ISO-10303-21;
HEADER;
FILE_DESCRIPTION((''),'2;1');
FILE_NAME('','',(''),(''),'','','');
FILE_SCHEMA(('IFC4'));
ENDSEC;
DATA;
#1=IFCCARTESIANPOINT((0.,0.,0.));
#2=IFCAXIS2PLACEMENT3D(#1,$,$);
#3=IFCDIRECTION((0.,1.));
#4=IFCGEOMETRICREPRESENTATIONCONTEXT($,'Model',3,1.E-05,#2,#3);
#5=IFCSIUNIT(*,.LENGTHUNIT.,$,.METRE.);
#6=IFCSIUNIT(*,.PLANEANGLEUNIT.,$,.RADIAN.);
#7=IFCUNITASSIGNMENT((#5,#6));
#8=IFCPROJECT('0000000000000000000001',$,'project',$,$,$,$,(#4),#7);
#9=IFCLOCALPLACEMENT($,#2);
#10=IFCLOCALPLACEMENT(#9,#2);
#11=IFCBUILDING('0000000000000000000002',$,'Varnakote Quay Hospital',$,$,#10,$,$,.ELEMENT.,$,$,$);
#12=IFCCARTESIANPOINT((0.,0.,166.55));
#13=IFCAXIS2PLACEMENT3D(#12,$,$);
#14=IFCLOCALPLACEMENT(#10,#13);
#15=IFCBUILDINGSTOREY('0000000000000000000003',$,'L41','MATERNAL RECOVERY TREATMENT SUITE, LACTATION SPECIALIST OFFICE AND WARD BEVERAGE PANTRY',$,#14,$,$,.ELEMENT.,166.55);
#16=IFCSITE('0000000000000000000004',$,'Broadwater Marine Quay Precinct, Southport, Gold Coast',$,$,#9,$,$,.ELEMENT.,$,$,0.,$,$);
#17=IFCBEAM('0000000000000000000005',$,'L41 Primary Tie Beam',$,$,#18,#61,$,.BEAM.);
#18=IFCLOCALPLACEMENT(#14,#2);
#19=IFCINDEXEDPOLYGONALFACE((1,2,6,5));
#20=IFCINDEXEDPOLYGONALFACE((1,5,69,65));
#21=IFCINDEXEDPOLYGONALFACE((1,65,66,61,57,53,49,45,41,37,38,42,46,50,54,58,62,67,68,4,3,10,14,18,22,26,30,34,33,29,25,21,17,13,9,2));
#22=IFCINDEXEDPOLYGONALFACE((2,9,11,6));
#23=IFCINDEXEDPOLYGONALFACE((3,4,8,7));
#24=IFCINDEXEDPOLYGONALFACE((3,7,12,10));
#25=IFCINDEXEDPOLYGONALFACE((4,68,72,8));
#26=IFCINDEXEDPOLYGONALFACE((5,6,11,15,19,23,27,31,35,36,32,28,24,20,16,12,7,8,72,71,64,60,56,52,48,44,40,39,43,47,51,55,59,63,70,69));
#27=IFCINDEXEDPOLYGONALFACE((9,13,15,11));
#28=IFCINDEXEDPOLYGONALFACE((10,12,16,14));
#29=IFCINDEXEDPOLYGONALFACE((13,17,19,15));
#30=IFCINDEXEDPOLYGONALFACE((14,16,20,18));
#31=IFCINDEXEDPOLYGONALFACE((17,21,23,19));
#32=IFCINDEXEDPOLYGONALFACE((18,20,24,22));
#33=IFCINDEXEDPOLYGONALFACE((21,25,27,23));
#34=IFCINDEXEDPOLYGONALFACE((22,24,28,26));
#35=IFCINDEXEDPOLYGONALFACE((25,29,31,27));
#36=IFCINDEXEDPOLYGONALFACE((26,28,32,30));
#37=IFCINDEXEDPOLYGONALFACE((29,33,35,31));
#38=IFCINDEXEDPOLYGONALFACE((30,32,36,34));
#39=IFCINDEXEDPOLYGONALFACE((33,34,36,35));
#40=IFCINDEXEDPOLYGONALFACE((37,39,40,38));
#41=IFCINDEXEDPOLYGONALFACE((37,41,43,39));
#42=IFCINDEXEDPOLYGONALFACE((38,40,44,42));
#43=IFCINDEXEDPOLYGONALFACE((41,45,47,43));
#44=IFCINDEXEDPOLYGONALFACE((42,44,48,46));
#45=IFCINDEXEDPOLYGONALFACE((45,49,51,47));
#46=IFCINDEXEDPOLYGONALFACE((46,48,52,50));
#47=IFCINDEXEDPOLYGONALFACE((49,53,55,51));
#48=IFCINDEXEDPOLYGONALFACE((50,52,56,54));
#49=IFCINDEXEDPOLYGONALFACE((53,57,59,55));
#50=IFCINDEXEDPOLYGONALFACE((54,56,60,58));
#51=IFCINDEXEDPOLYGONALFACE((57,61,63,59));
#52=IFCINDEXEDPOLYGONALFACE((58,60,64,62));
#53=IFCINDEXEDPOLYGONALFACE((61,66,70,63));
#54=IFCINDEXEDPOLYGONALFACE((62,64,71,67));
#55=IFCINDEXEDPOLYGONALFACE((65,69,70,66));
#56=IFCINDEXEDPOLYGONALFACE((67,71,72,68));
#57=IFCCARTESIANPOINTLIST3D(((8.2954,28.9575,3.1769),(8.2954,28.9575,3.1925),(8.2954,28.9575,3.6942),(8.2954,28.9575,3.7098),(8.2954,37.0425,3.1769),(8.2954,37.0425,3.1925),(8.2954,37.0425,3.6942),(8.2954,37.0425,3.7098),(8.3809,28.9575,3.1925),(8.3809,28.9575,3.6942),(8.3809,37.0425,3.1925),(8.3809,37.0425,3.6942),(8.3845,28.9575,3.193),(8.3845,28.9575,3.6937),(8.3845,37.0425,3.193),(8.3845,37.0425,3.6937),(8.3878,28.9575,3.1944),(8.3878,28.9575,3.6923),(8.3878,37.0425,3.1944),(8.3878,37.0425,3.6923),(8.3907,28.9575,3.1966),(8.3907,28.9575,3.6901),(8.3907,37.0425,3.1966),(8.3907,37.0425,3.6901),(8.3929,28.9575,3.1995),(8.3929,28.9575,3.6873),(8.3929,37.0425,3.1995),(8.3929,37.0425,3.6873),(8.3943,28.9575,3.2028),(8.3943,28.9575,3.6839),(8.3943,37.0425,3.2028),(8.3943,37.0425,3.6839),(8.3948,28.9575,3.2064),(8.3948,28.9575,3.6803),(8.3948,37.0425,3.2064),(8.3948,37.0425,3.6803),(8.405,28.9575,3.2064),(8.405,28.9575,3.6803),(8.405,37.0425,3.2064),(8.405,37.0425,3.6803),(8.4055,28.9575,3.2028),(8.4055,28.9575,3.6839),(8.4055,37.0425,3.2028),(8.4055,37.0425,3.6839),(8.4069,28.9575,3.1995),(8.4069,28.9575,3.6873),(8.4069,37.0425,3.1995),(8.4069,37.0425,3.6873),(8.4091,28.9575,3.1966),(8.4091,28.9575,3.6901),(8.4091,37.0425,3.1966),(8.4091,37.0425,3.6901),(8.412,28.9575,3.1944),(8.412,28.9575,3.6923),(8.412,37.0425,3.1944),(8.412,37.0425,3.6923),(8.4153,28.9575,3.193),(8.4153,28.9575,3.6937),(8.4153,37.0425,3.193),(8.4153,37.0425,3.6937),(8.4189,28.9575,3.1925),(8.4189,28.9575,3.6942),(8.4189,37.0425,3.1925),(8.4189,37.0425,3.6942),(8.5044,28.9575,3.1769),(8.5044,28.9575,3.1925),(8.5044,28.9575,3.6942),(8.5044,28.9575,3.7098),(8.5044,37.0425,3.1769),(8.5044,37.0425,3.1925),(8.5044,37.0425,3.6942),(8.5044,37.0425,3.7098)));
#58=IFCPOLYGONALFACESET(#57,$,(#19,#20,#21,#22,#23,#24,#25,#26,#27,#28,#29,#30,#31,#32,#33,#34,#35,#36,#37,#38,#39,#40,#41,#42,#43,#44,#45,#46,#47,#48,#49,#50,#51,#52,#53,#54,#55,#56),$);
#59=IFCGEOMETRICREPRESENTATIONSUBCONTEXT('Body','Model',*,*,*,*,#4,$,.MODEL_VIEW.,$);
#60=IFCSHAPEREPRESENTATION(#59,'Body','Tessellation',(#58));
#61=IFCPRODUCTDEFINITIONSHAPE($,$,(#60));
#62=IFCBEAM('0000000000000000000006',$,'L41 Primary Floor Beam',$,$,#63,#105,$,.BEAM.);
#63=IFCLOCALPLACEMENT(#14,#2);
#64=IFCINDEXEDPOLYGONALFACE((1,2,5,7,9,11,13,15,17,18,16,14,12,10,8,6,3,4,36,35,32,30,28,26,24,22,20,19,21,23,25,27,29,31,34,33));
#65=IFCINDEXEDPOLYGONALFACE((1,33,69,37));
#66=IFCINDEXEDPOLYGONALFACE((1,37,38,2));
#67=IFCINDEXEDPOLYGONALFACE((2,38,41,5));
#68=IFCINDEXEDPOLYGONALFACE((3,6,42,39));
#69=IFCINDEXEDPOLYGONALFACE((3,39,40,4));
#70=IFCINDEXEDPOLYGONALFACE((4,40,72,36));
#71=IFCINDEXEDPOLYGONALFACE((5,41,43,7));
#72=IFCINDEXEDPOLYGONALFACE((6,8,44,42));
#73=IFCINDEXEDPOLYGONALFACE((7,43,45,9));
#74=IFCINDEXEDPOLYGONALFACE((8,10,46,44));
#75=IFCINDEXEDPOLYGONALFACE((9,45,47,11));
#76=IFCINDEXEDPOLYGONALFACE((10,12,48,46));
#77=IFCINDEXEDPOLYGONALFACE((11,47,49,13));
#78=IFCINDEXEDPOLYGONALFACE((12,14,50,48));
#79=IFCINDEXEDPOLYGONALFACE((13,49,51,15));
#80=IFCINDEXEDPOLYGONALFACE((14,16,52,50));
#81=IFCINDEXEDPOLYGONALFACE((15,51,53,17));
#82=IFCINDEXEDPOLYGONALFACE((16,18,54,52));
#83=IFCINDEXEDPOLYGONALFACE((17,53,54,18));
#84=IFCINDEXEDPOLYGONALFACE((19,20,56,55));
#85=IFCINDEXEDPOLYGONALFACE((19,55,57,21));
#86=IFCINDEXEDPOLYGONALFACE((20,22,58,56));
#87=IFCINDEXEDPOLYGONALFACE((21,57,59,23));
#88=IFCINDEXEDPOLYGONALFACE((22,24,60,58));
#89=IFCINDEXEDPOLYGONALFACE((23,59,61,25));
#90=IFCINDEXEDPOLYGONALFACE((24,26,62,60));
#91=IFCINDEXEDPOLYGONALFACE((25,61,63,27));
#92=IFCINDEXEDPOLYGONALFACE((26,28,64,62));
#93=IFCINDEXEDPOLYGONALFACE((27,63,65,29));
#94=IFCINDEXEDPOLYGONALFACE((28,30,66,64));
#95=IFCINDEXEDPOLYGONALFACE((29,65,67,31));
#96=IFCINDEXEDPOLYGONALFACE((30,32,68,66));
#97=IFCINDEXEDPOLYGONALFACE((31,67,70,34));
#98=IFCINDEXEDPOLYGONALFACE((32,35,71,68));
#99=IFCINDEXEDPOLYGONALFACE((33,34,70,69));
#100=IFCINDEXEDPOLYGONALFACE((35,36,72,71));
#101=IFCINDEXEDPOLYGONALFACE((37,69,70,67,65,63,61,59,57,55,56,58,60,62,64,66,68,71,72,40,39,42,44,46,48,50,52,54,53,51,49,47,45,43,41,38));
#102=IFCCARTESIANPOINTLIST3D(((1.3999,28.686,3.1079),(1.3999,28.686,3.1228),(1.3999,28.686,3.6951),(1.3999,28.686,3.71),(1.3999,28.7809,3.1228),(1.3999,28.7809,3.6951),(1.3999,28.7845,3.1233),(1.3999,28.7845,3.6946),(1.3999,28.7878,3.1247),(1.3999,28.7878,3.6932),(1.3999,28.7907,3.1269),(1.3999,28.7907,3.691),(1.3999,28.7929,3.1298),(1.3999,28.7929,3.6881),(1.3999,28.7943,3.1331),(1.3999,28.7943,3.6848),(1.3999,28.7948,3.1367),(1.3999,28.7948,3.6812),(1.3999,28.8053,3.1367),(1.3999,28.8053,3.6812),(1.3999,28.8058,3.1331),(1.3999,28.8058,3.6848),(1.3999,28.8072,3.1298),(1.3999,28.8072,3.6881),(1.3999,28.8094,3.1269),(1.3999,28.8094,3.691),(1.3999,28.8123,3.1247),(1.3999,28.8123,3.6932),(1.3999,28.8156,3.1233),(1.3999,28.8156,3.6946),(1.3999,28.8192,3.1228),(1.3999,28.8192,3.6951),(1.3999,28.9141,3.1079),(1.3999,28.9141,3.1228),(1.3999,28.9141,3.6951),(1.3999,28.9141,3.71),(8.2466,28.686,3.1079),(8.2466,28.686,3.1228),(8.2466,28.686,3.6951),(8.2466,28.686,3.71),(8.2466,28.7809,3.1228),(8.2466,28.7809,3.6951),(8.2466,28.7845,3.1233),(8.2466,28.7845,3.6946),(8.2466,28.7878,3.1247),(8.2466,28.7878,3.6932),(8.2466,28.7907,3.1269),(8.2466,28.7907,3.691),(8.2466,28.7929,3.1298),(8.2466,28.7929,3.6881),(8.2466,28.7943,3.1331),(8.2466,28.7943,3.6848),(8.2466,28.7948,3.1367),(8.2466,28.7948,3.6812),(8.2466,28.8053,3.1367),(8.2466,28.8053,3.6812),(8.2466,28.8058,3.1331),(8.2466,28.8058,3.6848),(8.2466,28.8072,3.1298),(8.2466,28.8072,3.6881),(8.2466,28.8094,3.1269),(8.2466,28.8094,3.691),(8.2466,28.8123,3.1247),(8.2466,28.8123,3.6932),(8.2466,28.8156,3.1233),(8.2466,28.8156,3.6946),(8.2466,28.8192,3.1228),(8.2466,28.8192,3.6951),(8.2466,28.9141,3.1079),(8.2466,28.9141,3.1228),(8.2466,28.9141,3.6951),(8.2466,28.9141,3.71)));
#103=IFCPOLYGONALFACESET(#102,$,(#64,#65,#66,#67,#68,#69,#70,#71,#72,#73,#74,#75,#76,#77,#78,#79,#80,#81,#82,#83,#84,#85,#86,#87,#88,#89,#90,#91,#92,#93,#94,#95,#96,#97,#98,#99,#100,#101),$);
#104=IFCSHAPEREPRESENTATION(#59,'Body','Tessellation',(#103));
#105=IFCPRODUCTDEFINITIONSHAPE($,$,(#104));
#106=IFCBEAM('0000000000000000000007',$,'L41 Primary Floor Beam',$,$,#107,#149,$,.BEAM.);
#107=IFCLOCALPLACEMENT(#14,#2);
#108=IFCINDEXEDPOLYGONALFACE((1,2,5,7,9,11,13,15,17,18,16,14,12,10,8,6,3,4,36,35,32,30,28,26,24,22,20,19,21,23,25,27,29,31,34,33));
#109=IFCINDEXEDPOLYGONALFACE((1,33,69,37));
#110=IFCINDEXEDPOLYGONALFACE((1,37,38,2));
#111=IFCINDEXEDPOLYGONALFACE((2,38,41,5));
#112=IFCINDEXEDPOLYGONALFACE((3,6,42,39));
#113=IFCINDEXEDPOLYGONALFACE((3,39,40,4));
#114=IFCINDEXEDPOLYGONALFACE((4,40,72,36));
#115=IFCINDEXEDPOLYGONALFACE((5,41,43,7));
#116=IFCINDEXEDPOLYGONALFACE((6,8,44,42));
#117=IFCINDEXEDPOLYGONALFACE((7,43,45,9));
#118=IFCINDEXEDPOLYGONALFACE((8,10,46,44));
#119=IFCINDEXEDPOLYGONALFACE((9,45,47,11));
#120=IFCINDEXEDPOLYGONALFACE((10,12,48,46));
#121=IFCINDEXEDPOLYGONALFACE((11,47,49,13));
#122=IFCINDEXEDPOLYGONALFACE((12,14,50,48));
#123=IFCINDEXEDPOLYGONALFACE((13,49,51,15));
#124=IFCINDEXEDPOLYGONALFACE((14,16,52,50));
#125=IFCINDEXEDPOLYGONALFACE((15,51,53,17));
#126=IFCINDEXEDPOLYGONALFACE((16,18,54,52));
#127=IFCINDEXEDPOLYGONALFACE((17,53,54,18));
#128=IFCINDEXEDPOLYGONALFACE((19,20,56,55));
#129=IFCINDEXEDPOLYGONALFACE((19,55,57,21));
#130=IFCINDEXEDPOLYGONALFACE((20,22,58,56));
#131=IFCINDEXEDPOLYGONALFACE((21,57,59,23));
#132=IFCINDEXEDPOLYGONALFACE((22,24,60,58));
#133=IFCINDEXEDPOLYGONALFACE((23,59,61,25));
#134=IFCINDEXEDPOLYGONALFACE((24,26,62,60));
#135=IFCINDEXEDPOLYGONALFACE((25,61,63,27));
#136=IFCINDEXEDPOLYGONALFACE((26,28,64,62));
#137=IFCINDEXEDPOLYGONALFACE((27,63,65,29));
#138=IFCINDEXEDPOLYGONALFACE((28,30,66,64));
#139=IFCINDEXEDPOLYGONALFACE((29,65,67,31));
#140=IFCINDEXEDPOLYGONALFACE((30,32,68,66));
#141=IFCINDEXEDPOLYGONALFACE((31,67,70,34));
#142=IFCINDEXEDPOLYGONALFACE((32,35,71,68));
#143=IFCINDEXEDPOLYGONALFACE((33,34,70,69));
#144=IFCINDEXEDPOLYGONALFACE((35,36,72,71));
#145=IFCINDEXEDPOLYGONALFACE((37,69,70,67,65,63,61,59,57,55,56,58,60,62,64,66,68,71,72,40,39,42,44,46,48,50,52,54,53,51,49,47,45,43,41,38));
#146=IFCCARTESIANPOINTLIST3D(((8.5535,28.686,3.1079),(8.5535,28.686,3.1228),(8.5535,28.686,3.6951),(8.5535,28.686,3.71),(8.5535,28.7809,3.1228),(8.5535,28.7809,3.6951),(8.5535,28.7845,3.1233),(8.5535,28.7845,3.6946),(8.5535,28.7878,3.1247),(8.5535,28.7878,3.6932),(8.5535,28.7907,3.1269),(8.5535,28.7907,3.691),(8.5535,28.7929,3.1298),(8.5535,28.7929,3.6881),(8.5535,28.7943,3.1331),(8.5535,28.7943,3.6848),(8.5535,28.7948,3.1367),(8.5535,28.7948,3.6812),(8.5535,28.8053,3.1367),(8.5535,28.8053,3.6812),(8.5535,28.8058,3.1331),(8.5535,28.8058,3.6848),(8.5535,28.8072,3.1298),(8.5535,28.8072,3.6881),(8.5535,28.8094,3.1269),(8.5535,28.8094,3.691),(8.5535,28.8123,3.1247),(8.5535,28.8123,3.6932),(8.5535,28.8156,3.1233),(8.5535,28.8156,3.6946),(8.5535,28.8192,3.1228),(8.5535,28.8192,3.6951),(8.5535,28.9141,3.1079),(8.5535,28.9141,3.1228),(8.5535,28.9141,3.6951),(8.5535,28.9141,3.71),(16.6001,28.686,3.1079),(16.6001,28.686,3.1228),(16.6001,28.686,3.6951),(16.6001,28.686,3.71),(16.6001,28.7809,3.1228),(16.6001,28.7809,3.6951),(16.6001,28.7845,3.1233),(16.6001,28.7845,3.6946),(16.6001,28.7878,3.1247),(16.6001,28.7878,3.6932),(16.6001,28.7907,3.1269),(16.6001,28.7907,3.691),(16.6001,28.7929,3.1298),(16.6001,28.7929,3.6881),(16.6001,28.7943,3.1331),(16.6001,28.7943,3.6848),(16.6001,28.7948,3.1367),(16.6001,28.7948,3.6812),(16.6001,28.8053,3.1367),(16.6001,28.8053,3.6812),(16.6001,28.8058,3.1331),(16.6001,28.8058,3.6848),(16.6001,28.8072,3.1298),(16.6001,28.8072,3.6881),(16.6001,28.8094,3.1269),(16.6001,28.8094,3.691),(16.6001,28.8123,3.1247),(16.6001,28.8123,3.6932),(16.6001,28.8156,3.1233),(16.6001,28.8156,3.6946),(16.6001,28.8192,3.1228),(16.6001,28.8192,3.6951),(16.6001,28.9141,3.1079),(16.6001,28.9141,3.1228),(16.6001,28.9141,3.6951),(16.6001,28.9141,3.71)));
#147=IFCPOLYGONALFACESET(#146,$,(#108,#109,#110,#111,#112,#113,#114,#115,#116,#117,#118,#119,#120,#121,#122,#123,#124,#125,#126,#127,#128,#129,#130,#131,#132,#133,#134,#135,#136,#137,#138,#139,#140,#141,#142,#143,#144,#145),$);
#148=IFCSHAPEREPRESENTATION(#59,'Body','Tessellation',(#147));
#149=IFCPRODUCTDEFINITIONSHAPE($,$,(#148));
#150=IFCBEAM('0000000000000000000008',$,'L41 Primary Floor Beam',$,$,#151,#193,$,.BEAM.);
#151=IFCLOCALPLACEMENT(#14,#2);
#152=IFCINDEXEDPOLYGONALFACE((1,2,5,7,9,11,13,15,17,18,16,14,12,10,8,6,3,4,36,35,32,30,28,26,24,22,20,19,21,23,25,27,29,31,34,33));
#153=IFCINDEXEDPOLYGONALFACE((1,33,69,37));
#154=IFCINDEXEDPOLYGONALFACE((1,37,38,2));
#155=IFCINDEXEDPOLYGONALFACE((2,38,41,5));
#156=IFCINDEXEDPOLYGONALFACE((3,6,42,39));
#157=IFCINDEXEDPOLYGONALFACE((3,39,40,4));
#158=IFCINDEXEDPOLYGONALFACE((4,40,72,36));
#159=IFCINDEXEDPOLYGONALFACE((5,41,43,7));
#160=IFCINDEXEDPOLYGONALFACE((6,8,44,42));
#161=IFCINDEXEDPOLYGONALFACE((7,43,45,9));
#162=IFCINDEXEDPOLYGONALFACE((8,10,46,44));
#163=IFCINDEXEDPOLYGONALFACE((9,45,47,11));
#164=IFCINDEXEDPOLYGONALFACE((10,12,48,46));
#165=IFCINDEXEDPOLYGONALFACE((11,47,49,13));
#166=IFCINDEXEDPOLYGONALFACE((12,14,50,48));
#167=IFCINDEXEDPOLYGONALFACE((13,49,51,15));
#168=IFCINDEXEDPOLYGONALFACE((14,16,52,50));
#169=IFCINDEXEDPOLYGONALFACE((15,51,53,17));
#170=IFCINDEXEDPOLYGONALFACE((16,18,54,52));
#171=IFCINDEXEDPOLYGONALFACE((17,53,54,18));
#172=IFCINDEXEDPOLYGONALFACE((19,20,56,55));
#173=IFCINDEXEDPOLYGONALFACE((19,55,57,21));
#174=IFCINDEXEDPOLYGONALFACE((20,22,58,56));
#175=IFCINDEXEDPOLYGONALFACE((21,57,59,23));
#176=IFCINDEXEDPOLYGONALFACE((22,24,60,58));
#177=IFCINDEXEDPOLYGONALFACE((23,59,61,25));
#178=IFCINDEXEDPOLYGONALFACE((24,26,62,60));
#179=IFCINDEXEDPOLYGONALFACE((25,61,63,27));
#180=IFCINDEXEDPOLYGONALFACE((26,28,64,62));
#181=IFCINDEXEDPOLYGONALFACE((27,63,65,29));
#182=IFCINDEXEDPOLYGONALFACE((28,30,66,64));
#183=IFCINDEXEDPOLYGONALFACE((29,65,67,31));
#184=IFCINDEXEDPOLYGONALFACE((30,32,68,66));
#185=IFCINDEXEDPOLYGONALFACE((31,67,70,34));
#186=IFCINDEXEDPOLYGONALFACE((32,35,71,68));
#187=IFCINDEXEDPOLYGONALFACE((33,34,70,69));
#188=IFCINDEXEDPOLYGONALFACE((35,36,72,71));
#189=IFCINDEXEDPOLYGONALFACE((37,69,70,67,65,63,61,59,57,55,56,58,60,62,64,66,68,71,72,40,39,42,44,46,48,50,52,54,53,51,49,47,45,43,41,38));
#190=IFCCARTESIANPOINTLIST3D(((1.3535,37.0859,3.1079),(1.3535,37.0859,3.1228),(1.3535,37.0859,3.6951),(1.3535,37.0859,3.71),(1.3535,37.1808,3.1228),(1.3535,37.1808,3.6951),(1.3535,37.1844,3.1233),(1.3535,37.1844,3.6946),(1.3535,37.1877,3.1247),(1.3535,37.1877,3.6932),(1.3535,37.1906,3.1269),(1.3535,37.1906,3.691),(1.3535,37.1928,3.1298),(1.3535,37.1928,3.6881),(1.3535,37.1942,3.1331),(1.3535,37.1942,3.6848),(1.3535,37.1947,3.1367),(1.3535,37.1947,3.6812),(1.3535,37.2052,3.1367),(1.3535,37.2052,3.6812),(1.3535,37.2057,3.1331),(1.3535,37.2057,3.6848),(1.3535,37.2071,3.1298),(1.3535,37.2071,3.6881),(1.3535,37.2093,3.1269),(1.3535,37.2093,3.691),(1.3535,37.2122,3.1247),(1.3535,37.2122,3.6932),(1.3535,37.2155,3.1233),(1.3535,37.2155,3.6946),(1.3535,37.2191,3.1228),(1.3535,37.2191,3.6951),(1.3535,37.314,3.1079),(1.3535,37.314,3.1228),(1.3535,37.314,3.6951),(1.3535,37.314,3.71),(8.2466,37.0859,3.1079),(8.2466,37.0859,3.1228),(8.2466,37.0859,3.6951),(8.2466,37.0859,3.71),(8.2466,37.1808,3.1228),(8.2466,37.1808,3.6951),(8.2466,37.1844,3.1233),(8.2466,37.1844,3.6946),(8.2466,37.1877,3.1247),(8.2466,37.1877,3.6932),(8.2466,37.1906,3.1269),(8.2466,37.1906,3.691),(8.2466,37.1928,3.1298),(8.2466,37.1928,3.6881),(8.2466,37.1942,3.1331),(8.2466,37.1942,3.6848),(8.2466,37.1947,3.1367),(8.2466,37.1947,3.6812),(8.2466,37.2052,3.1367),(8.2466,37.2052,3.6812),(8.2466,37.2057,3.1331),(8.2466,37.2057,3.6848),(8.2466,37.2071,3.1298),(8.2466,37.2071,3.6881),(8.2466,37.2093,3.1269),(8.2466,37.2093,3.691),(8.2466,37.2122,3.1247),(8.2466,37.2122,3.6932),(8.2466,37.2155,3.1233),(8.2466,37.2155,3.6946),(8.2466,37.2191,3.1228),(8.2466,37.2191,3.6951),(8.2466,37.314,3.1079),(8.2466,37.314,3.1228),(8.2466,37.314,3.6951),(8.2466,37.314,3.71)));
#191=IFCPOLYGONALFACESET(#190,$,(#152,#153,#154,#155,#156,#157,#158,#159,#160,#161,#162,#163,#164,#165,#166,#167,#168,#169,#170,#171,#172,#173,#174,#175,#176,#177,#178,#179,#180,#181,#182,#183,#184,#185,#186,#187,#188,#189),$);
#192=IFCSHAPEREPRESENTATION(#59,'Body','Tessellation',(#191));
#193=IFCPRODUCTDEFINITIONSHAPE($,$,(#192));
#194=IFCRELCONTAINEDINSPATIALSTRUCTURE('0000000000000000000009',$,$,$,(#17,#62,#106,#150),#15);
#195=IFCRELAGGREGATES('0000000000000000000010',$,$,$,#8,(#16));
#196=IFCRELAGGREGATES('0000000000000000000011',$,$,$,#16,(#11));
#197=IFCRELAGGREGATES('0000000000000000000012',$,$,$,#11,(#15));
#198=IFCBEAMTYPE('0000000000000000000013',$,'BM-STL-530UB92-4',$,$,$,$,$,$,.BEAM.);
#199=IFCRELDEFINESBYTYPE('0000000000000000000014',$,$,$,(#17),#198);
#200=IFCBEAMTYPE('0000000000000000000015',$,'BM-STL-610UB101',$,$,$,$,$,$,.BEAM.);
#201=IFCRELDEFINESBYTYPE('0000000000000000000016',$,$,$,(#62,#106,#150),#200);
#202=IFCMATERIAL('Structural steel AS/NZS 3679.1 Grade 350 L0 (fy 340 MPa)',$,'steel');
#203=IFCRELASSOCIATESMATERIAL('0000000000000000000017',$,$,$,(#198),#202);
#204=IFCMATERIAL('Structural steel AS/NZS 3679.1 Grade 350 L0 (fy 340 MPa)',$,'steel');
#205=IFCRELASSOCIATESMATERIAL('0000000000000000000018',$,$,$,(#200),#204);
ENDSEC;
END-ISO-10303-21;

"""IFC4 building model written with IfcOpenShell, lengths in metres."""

from ifc_helpers import new_model, si_unit, direction, frame, origin, origin_2d, place, context, subcontext, project, spatial, i_section, extrude, material, material_profile, profile_set, type_object, element, save


model = new_model("IFC4")

# Units and contexts
model_context = context("Model", 3, precision=1e-05, world=origin(), true_north=direction((0.0, 1.0)))
body_context = subcontext(model_context, "Body", "Model", "MODEL_VIEW")
ifc_project = project(units=[si_unit("LENGTHUNIT", "METRE"), si_unit("PLANEANGLEUNIT", "RADIAN")], contexts=[model_context])

# Site, building, storey
site_placement = place(None, origin())
site = spatial("IfcSite", under=ifc_project, at=site_placement, Name="Broadwater Marine Quay Precinct, Southport, Gold Coast", CompositionType="ELEMENT", RefElevation=0.0)
building_placement = place(site_placement, origin())
building = spatial("IfcBuilding", under=site, at=building_placement, Name="Varnakote Quay Hospital", CompositionType="ELEMENT")
storey_placement = place(building_placement, frame((0.0, 0.0, 166.55)))
storey = spatial("IfcBuildingStorey", under=building, at=storey_placement, Name="L41", Description="MATERNAL RECOVERY TREATMENT SUITE, LACTATION SPECIALIST OFFICE AND WARD BEVERAGE PANTRY", CompositionType="ELEMENT", Elevation=166.55)

# Beams
ifc_material_1 = material(Name="Structural steel AS/NZS 3679.1 Grade 350 L0 (fy 340 MPa)", Category="steel")
ifc_material_profile_1 = material_profile(ifc_material_1, i_section(OverallWidth=0.209, OverallDepth=0.533, WebThickness=0.0103, FlangeThickness=0.0156, FilletRadius=0.0139, at=origin_2d()), Name="530UB92.4")
ifc_profile_set_1 = profile_set([ifc_material_profile_1], Name="Structural steel AS/NZS 3679.1 Grade 350 L0 (fy 340 MPa)")
beam_type_1 = type_object("IfcBeamType", Name="BM-STL-530UB92-4", PredefinedType="BEAM", material=ifc_profile_set_1)
beam_1_placement = place(storey_placement, frame((8.3999, 28.9575, 3.4434), z_axis=(0.0, 1.0, 0.0), x_axis=(-1.0, 0.0, 0.0)))
element("IfcBeam", 1, at=beam_1_placement, inside=storey, type_object=beam_type_1, Name="L41 Primary Tie Beam", PredefinedType="BEAM", context=body_context, shape_type="SweptSolid", body=[
    extrude(i_section(OverallWidth=0.209, OverallDepth=0.533, WebThickness=0.0103, FlangeThickness=0.0156, FilletRadius=0.0139, at=origin_2d()), origin(), (0.0, 0.0, 1.0), 8.085),
])
ifc_material_2 = material(Name="Structural steel AS/NZS 3679.1 Grade 350 L0 (fy 340 MPa)", Category="steel")
ifc_material_profile_2 = material_profile(ifc_material_2, i_section(OverallWidth=0.228, OverallDepth=0.6021, WebThickness=0.0105, FlangeThickness=0.0149, FilletRadius=0.0139, at=origin_2d()), Name="610UB101")
ifc_profile_set_2 = profile_set([ifc_material_profile_2], Name="Structural steel AS/NZS 3679.1 Grade 350 L0 (fy 340 MPa)")
beam_type_2 = type_object("IfcBeamType", Name="BM-STL-610UB101", PredefinedType="BEAM", material=ifc_profile_set_2)
beam_2_placement = place(storey_placement, frame((1.3999, 28.8, 3.4089), z_axis=(1.0, 0.0, 0.0), x_axis=(0.0, 1.0, 0.0)))
element("IfcBeam", 2, at=beam_2_placement, inside=storey, type_object=beam_type_2, Name="L41 Primary Floor Beam", PredefinedType="BEAM", context=body_context, shape_type="SweptSolid", body=[
    extrude(i_section(OverallWidth=0.228, OverallDepth=0.6021, WebThickness=0.0105, FlangeThickness=0.0149, FilletRadius=0.0139, at=origin_2d()), origin(), (0.0, 0.0, 1.0), 6.8467),
])
beam_3_placement = place(storey_placement, frame((8.5535, 28.8, 3.4089), z_axis=(1.0, 0.0, 0.0), x_axis=(0.0, 1.0, 0.0)))
element("IfcBeam", 3, at=beam_3_placement, inside=storey, type_object=beam_type_2, Name="L41 Primary Floor Beam", PredefinedType="BEAM", context=body_context, shape_type="SweptSolid", body=[
    extrude(i_section(OverallWidth=0.228, OverallDepth=0.6021, WebThickness=0.0105, FlangeThickness=0.0149, FilletRadius=0.0139, at=origin_2d()), origin(), (0.0, 0.0, 1.0), 8.0466),
])
beam_4_placement = place(storey_placement, frame((1.3535, 37.2, 3.4089), z_axis=(1.0, 0.0, 0.0), x_axis=(0.0, 1.0, 0.0)))
element("IfcBeam", 4, at=beam_4_placement, inside=storey, type_object=beam_type_2, Name="L41 Primary Floor Beam", PredefinedType="BEAM", context=body_context, shape_type="SweptSolid", body=[
    extrude(i_section(OverallWidth=0.228, OverallDepth=0.6021, WebThickness=0.0105, FlangeThickness=0.0149, FilletRadius=0.0139, at=origin_2d()), origin(), (0.0, 0.0, 1.0), 6.8931),
])

save(model, "model.ifc")
